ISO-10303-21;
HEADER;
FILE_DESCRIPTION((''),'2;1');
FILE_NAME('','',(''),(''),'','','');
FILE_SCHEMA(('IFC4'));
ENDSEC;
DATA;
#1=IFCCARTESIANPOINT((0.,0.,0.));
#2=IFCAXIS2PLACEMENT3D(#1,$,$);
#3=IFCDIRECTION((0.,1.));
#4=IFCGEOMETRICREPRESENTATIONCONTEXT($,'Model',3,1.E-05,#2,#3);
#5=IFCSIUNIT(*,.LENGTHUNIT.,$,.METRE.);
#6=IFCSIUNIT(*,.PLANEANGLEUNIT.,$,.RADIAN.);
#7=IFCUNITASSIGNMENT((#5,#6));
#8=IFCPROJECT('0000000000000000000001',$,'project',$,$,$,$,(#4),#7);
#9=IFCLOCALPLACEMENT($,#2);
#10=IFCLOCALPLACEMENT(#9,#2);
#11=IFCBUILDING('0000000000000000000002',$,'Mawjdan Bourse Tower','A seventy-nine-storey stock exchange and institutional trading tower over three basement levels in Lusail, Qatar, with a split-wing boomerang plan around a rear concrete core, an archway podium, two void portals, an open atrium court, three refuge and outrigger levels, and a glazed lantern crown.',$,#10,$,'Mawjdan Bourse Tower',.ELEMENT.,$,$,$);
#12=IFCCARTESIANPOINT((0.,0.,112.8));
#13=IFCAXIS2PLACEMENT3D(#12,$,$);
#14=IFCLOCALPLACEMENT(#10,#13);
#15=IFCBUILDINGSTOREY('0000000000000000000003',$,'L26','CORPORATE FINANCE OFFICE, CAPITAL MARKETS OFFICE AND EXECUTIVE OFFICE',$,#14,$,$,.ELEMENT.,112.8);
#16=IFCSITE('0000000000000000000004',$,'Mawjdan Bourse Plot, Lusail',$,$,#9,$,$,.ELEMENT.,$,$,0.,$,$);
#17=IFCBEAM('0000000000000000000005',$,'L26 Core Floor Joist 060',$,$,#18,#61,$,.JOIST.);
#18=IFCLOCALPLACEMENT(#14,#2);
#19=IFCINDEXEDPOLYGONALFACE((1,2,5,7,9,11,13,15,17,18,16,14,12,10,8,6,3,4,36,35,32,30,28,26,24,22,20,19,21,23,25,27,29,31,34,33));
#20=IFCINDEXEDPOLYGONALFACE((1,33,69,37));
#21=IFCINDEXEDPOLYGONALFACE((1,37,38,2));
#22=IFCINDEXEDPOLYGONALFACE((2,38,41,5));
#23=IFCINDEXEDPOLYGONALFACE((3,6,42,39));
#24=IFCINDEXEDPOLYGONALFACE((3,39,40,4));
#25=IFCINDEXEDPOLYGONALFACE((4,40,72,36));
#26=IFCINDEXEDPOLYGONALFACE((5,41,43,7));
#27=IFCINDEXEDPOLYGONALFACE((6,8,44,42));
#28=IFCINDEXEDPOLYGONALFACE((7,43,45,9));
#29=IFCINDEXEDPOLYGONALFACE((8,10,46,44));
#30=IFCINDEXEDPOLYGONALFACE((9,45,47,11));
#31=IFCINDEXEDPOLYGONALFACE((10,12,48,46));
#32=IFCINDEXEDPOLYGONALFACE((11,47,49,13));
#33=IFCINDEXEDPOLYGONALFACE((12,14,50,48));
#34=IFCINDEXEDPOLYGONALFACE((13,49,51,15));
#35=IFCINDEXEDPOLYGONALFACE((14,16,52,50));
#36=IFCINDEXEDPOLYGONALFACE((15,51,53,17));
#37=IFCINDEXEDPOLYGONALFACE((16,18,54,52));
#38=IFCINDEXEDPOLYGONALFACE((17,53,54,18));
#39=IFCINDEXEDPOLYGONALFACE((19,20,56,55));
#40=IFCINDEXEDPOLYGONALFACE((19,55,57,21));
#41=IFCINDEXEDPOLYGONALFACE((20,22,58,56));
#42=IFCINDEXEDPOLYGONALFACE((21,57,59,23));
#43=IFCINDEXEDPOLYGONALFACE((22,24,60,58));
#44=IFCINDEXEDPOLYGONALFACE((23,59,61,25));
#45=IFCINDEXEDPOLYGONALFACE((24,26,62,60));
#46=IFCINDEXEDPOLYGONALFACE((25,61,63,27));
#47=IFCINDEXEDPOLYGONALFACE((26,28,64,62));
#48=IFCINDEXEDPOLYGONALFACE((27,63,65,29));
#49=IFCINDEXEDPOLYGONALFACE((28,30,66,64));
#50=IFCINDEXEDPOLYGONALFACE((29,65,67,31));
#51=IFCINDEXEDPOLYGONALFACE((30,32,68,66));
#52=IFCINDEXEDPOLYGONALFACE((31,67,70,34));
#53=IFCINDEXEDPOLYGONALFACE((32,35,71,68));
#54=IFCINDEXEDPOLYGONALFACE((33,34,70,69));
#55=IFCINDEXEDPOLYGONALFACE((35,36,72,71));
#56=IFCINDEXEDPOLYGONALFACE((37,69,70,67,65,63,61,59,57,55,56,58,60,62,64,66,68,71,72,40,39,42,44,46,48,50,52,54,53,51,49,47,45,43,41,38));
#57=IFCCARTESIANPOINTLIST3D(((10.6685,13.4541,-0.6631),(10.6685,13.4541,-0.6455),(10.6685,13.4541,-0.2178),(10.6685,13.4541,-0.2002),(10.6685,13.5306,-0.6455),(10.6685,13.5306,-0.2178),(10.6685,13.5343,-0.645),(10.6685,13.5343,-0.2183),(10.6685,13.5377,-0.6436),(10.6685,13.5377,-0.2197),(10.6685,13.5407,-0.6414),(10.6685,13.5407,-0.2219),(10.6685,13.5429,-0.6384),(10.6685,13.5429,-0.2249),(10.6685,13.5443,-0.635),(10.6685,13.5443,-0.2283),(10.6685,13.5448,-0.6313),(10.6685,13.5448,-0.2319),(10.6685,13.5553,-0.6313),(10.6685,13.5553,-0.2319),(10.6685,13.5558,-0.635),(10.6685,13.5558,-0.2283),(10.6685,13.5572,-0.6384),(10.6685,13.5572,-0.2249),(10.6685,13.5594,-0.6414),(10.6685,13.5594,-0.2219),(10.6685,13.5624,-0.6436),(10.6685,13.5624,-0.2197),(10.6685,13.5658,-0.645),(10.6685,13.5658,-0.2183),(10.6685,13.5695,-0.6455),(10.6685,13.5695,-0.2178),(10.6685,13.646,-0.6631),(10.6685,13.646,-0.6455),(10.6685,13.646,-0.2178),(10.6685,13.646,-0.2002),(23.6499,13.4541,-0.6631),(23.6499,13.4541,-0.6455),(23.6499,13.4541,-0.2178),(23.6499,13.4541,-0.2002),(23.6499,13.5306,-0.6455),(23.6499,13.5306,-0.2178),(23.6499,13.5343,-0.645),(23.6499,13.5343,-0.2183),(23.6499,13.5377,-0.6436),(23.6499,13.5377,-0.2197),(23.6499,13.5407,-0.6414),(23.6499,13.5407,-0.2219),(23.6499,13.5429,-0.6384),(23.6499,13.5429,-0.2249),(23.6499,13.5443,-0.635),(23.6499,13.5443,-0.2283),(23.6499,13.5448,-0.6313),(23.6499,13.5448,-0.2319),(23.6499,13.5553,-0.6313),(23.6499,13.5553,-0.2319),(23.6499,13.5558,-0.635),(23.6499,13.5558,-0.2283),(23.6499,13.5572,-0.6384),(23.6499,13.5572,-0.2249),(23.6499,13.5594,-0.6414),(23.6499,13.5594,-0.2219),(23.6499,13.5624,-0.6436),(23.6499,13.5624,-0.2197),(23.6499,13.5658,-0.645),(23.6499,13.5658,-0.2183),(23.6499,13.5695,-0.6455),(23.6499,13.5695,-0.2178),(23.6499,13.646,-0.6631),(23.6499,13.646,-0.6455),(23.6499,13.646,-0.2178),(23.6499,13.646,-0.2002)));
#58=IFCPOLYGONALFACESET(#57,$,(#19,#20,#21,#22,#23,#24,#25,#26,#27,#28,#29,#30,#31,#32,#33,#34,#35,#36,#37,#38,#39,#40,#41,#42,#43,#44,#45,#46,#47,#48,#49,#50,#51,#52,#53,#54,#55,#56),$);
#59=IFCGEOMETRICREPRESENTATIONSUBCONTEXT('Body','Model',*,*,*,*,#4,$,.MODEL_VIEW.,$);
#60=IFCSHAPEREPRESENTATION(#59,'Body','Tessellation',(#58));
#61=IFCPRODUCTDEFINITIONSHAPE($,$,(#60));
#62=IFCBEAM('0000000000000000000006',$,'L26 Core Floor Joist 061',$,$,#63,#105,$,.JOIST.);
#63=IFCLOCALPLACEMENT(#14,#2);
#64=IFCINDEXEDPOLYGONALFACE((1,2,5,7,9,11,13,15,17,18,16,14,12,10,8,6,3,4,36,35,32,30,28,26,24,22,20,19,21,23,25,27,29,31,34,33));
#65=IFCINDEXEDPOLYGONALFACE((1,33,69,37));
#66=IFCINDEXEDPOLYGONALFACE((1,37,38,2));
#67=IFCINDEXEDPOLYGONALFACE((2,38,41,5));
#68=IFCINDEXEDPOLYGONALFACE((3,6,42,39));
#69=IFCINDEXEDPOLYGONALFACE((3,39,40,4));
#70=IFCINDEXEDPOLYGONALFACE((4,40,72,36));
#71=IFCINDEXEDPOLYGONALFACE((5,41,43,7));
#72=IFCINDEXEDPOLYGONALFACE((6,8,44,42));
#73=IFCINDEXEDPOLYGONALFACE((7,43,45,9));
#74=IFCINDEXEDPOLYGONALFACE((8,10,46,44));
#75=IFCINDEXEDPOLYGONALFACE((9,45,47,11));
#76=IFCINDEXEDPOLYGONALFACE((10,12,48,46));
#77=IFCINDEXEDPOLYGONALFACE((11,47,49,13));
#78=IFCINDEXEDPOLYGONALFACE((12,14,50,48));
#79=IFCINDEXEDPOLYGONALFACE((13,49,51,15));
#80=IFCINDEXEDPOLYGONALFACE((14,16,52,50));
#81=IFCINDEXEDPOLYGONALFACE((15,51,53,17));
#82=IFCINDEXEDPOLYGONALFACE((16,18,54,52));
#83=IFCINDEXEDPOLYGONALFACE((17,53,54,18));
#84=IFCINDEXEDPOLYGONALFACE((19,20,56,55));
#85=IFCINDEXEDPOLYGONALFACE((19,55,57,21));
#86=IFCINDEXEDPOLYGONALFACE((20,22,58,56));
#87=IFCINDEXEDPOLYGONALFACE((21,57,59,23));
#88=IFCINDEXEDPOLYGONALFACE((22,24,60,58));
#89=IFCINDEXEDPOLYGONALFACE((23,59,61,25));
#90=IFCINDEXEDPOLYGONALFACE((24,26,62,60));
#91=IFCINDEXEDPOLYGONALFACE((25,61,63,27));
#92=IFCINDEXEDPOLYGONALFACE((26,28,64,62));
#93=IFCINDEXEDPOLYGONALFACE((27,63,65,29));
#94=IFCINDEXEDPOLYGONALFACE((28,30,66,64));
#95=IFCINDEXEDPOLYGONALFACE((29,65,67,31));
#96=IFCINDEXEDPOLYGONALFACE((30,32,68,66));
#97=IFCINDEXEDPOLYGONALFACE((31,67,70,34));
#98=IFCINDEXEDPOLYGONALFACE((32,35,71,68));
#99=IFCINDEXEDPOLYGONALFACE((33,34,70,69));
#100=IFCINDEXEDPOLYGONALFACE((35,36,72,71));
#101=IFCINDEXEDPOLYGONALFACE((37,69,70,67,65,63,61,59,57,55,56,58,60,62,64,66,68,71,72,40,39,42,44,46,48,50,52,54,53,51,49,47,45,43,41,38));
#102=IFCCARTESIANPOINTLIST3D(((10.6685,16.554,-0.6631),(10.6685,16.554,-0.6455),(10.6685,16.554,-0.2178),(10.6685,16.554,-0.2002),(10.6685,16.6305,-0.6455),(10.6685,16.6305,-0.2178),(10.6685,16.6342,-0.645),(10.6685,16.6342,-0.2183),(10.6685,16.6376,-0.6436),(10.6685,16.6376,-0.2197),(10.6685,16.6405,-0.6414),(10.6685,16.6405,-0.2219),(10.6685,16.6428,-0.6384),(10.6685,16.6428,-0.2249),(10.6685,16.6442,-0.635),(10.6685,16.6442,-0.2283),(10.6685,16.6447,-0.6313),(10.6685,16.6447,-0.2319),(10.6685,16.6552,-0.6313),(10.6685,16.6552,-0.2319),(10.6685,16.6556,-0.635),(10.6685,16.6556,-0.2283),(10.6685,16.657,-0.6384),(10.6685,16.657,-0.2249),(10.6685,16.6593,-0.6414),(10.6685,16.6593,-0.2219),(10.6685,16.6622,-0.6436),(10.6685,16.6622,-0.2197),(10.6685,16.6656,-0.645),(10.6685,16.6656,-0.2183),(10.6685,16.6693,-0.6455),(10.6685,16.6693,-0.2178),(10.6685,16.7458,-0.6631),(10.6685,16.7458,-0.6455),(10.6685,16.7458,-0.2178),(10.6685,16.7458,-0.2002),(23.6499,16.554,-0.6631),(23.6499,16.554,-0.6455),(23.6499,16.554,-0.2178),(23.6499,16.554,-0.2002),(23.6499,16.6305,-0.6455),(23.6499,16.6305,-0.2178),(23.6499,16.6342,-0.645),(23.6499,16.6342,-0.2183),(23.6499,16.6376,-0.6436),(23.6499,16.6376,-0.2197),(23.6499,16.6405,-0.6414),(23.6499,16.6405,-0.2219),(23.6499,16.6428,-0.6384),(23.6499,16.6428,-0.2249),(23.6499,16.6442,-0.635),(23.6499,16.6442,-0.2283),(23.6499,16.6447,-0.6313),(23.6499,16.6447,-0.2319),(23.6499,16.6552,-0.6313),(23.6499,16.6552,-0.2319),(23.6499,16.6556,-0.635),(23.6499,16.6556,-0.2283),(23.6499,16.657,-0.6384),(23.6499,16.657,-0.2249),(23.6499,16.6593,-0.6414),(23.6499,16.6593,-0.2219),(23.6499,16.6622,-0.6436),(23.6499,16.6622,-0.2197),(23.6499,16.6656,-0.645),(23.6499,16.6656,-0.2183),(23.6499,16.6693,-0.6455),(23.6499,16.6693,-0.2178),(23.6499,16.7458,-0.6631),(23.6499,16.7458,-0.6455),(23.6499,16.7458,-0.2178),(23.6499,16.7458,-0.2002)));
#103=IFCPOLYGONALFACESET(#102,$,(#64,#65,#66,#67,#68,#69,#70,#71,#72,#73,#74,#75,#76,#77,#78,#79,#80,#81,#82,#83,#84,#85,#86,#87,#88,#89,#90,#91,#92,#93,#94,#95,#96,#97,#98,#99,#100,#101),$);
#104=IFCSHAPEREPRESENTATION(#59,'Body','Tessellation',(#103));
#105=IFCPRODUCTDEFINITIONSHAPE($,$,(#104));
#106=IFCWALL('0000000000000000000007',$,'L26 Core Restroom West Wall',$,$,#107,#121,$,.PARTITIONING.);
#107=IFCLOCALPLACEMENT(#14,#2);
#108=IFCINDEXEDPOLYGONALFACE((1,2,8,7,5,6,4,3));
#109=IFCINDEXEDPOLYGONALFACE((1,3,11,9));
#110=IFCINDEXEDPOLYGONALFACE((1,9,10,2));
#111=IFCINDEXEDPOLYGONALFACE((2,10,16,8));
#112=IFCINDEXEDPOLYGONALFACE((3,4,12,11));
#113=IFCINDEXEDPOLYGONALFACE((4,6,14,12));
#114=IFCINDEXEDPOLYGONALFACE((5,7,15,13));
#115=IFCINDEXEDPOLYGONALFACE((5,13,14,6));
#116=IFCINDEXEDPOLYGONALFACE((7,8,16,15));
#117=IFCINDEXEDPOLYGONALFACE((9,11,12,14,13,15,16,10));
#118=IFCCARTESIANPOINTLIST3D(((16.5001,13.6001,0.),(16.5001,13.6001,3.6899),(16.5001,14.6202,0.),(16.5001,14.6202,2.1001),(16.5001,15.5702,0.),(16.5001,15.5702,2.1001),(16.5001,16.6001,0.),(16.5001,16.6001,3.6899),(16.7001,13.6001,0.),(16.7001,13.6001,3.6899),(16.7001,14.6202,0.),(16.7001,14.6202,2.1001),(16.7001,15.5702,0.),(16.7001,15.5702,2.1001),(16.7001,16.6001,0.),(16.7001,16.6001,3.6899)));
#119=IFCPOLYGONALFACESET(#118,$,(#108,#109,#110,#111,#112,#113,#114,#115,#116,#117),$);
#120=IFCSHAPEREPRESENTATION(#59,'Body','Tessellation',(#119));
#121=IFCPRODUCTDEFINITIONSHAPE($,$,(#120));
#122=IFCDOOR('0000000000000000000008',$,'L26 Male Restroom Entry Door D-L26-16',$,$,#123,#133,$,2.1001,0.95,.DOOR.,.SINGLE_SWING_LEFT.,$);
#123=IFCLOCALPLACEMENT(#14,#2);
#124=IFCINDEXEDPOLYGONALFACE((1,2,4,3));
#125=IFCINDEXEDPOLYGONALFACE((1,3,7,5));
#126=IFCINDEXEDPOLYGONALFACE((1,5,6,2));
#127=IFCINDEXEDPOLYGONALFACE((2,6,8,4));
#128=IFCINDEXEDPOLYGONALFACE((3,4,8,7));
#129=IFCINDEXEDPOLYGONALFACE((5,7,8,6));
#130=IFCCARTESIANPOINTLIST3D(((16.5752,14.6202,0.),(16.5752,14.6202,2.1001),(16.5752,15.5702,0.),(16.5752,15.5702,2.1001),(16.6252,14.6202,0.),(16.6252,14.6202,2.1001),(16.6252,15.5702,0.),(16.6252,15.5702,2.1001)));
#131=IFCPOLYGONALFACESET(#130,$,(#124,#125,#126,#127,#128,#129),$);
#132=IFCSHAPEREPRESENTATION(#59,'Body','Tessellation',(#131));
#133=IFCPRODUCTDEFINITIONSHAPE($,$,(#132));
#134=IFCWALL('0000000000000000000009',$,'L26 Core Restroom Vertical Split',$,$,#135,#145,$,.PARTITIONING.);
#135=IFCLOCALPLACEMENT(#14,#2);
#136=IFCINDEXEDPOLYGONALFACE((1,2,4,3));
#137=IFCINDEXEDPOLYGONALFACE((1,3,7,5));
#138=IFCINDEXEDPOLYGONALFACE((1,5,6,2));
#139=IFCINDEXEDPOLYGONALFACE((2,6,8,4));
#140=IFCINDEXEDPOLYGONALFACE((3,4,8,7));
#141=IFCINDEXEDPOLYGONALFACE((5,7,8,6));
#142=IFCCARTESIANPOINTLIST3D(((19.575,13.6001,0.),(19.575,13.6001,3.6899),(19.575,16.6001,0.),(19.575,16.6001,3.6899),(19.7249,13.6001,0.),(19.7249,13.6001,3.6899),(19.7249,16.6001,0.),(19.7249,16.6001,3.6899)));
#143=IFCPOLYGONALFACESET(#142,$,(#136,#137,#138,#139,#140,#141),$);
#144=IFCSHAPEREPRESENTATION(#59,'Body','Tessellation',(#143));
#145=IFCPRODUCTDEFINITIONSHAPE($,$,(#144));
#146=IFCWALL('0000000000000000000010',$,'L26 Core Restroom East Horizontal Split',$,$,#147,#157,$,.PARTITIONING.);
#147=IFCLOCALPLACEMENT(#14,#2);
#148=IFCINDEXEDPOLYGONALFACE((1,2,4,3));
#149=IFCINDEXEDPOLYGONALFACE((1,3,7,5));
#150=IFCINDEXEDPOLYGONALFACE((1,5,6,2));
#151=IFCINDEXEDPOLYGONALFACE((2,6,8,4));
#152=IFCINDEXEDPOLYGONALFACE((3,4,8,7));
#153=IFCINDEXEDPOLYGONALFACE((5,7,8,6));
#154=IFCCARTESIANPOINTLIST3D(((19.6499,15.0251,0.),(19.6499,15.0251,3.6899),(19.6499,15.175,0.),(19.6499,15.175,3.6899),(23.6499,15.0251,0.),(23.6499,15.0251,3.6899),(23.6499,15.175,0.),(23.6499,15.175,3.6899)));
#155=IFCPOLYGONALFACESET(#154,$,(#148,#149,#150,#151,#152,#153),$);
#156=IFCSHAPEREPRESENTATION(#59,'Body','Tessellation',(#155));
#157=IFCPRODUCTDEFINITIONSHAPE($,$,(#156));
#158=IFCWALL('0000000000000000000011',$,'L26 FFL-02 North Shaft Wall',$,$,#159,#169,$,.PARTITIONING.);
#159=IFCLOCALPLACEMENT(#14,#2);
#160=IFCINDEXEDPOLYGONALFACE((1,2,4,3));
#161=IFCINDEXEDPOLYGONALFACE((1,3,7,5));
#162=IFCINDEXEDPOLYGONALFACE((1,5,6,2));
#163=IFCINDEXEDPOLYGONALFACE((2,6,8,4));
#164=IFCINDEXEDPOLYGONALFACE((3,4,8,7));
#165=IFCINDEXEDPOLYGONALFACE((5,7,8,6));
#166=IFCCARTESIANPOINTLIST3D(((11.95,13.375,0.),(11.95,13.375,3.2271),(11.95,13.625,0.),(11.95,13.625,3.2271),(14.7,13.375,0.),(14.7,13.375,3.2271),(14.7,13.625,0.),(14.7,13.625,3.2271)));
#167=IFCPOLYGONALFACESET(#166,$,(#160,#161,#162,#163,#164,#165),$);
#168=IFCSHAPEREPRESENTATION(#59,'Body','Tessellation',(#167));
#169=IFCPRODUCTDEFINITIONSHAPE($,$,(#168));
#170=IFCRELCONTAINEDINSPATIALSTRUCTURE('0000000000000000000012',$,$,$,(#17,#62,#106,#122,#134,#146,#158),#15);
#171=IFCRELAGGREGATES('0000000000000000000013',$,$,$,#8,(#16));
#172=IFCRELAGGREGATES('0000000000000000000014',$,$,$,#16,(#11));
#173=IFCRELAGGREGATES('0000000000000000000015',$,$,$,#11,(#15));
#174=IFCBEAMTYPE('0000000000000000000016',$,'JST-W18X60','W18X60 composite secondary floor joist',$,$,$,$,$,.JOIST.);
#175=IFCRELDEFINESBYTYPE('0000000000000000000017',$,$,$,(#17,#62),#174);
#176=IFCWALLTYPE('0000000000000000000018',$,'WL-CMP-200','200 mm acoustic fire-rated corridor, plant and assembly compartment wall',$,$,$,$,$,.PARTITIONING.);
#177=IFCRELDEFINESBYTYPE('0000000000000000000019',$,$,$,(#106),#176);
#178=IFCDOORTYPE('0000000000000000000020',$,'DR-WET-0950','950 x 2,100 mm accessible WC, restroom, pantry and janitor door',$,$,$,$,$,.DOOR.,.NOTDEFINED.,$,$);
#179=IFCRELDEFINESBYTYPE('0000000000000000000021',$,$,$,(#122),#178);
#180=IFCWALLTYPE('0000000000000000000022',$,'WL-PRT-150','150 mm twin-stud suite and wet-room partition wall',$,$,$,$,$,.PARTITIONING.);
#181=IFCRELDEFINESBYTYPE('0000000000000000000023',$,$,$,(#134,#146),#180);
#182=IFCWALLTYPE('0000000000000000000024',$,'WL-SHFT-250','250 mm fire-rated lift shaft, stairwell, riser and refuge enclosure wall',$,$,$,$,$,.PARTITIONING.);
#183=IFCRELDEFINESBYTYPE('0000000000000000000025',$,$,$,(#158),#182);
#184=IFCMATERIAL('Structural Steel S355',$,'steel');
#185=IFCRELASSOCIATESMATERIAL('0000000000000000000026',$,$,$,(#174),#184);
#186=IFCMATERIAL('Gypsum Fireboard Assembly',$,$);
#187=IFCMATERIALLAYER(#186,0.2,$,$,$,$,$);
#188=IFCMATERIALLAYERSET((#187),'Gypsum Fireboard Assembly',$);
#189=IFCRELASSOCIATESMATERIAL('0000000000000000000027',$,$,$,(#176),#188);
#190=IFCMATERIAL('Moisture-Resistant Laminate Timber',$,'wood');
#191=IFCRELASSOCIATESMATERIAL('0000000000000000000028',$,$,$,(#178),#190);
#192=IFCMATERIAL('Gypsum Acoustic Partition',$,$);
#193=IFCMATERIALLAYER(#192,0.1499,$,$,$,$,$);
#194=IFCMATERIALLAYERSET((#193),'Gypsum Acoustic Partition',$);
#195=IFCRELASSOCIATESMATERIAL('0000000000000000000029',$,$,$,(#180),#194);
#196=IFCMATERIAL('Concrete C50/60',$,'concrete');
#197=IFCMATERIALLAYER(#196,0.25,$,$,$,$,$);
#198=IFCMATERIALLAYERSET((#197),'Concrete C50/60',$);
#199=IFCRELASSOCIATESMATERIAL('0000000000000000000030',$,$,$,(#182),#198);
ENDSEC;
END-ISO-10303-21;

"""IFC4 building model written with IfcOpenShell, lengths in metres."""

from ifc_helpers import new_model, si_unit, direction, frame, frame_2d, origin, origin_2d, place, context, subcontext, project, spatial, rectangle, i_section, extrude, material, layer, layer_set, material_profile, profile_set, type_object, element, fill, save


model = new_model("IFC4")

# Units and contexts
model_context = context("Model", 3, precision=1e-05, world=origin(), true_north=direction((0.0, 1.0)))
body_context = subcontext(model_context, "Body", "Model", "MODEL_VIEW")
ifc_project = project(units=[si_unit("LENGTHUNIT", "METRE"), si_unit("PLANEANGLEUNIT", "RADIAN")], contexts=[model_context])

# Site, building, storey
site_placement = place(None, origin())
site = spatial("IfcSite", under=ifc_project, at=site_placement, Name="Mawjdan Bourse Plot, Lusail", CompositionType="ELEMENT", RefElevation=0.0)
building_placement = place(site_placement, origin())
building = spatial("IfcBuilding", under=site, at=building_placement, Name="Mawjdan Bourse Tower", Description="A seventy-nine-storey stock exchange and institutional trading tower over three basement levels in Lusail, Qatar, with a split-wing boomerang plan around a rear concrete core, an archway podium, two void portals, an open atrium court, three refuge and outrigger levels, and a glazed lantern crown.", LongName="Mawjdan Bourse Tower", CompositionType="ELEMENT")
storey_placement = place(building_placement, frame((0.0, 0.0, 112.8)))
storey = spatial("IfcBuildingStorey", under=building, at=storey_placement, Name="L26", Description="CORPORATE FINANCE OFFICE, CAPITAL MARKETS OFFICE AND EXECUTIVE OFFICE", CompositionType="ELEMENT", Elevation=112.8)

# Beams
ifc_material_1 = material(Name="Structural Steel S355", Category="steel")
ifc_material_profile = material_profile(ifc_material_1, i_section(OverallWidth=0.1919, OverallDepth=0.4629, WebThickness=0.0105, FlangeThickness=0.0176, FilletRadius=0.0142, at=origin_2d()), Name="W18X60")
ifc_profile_set = profile_set([ifc_material_profile], Name="Structural Steel S355")
beam_type = type_object("IfcBeamType", Name="JST-W18X60", Description="W18X60 composite secondary floor joist", PredefinedType="JOIST", material=ifc_profile_set)
for number, where, z_axis, x_axis, name in (
    (1, (10.6685, 13.55, -0.4316), (1.0, 0.0, 0.0), (0.0, 1.0, 0.0), "L26 Core Floor Joist 060"),
    (2, (10.6685, 16.6499, -0.4316), (1.0, 0.0, 0.0), (0.0, 1.0, 0.0), "L26 Core Floor Joist 061"),
):
    element("IfcBeam", number, at=place(storey_placement, frame(where, z_axis=z_axis, x_axis=x_axis)), inside=storey, type_object=beam_type, Name=name, PredefinedType="JOIST", context=body_context, shape_type="SweptSolid", body=[
        extrude(i_section(OverallWidth=0.1919, OverallDepth=0.4629, WebThickness=0.0105, FlangeThickness=0.0176, FilletRadius=0.0142, at=origin_2d()), origin(), (0.0, 0.0, 1.0), 12.9814),
    ])

# Wall, opening, door
ifc_material_2 = material(Name="Gypsum Fireboard Assembly")
ifc_layer_1 = layer(ifc_material_2, 0.2)
ifc_layer_set_1 = layer_set([ifc_layer_1], Name="Gypsum Fireboard Assembly")
wall_type_1 = type_object("IfcWallType", Name="WL-CMP-200", Description="200 mm acoustic fire-rated corridor, plant and assembly compartment wall", PredefinedType="PARTITIONING", material=ifc_layer_set_1)
wall_1_placement = place(storey_placement, frame((16.6001, 13.6001, 0.0), z_axis=(0.0, 0.0, 1.0), x_axis=(0.0, 1.0, 0.0)))
wall_1 = element("IfcWall", 3, at=wall_1_placement, inside=storey, type_object=wall_type_1, Name="L26 Core Restroom West Wall", PredefinedType="PARTITIONING", context=body_context, shape_type="SweptSolid", body=[
    extrude(rectangle(XDim=3.0, YDim=0.2, at=frame_2d((1.5, 0.0))), origin(), (0.0, 0.0, 1.0), 3.6899),
])
opening_1_placement = place(wall_1_placement, frame((1.02, 0.0, 0.0)))
opening_1 = element("IfcOpeningElement", 4, at=opening_1_placement, cuts=wall_1, PredefinedType="OPENING", context=body_context, shape_type="SweptSolid", body=[
    extrude(rectangle(XDim=0.95, YDim=2.1001, at=frame_2d((0.4751, 1.05))), frame((0.0, 0.1099, 0.0), z_axis=(0.0, -1.0, 0.0), x_axis=(1.0, 0.0, 0.0)), (0.0, 0.0, 1.0), 0.22),
])
ifc_material_3 = material(Name="Moisture-Resistant Laminate Timber", Category="wood")
door_type_1 = type_object("IfcDoorType", Name="DR-WET-0950", Description="950 x 2,100 mm accessible WC, restroom, pantry and janitor door", OperationType="NOTDEFINED", PredefinedType="DOOR", material=ifc_material_3)
door_1_placement = place(opening_1_placement, origin())
door_1 = element("IfcDoor", 5, at=door_1_placement, inside=storey, type_object=door_type_1, Name="L26 Male Restroom Entry Door D-L26-16", OperationType="SINGLE_SWING_LEFT", OverallHeight=2.1001, OverallWidth=0.95, PredefinedType="DOOR", context=body_context, shape_type="SweptSolid", body=[
    extrude(rectangle(XDim=0.95, YDim=2.1001, at=frame_2d((0.4751, 1.05))), frame((0.0, 0.0249, 0.0), z_axis=(0.0, -1.0, 0.0), x_axis=(1.0, 0.0, 0.0)), (0.0, 0.0, 1.0), 0.05),
])
fill(opening_1, door_1)

# Walls
ifc_material_4 = material(Name="Gypsum Acoustic Partition")
ifc_layer_2 = layer(ifc_material_4, 0.1499)
ifc_layer_set_2 = layer_set([ifc_layer_2], Name="Gypsum Acoustic Partition")
wall_type_2 = type_object("IfcWallType", Name="WL-PRT-150", Description="150 mm twin-stud suite and wet-room partition wall", PredefinedType="PARTITIONING", material=ifc_layer_set_2)
wall_2_placement = place(storey_placement, frame((19.6499, 13.6001, 0.0), z_axis=(0.0, 0.0, 1.0), x_axis=(0.0, 1.0, 0.0)))
element("IfcWall", 6, at=wall_2_placement, inside=storey, type_object=wall_type_2, Name="L26 Core Restroom Vertical Split", PredefinedType="PARTITIONING", context=body_context, shape_type="SweptSolid", body=[
    extrude(rectangle(XDim=3.0, YDim=0.1499, at=frame_2d((1.5, 0.0))), origin(), (0.0, 0.0, 1.0), 3.6899),
])
wall_3_placement = place(storey_placement, frame((19.6499, 15.1001, 0.0), z_axis=(0.0, 0.0, 1.0), x_axis=(1.0, 0.0, 0.0)))
element("IfcWall", 7, at=wall_3_placement, inside=storey, type_object=wall_type_2, Name="L26 Core Restroom East Horizontal Split", PredefinedType="PARTITIONING", context=body_context, shape_type="SweptSolid", body=[
    extrude(rectangle(XDim=4.0, YDim=0.1499, at=frame_2d((2.0, 0.0))), origin(), (0.0, 0.0, 1.0), 3.6899),
])
ifc_material_5 = material(Name="Concrete C50/60", Category="concrete")
ifc_layer_3 = layer(ifc_material_5, 0.25)
ifc_layer_set_3 = layer_set([ifc_layer_3], Name="Concrete C50/60")
wall_type_3 = type_object("IfcWallType", Name="WL-SHFT-250", Description="250 mm fire-rated lift shaft, stairwell, riser and refuge enclosure wall", PredefinedType="PARTITIONING", material=ifc_layer_set_3)
wall_4_placement = place(storey_placement, frame((11.95, 13.5, 0.0), z_axis=(0.0, 0.0, 1.0), x_axis=(1.0, 0.0, 0.0)))
element("IfcWall", 8, at=wall_4_placement, inside=storey, type_object=wall_type_3, Name="L26 FFL-02 North Shaft Wall", PredefinedType="PARTITIONING", context=body_context, shape_type="SweptSolid", body=[
    extrude(rectangle(XDim=2.75, YDim=0.25, at=frame_2d((1.375, 0.0))), origin(), (0.0, 0.0, 1.0), 3.2271),
])

save(model, "model.ifc")
